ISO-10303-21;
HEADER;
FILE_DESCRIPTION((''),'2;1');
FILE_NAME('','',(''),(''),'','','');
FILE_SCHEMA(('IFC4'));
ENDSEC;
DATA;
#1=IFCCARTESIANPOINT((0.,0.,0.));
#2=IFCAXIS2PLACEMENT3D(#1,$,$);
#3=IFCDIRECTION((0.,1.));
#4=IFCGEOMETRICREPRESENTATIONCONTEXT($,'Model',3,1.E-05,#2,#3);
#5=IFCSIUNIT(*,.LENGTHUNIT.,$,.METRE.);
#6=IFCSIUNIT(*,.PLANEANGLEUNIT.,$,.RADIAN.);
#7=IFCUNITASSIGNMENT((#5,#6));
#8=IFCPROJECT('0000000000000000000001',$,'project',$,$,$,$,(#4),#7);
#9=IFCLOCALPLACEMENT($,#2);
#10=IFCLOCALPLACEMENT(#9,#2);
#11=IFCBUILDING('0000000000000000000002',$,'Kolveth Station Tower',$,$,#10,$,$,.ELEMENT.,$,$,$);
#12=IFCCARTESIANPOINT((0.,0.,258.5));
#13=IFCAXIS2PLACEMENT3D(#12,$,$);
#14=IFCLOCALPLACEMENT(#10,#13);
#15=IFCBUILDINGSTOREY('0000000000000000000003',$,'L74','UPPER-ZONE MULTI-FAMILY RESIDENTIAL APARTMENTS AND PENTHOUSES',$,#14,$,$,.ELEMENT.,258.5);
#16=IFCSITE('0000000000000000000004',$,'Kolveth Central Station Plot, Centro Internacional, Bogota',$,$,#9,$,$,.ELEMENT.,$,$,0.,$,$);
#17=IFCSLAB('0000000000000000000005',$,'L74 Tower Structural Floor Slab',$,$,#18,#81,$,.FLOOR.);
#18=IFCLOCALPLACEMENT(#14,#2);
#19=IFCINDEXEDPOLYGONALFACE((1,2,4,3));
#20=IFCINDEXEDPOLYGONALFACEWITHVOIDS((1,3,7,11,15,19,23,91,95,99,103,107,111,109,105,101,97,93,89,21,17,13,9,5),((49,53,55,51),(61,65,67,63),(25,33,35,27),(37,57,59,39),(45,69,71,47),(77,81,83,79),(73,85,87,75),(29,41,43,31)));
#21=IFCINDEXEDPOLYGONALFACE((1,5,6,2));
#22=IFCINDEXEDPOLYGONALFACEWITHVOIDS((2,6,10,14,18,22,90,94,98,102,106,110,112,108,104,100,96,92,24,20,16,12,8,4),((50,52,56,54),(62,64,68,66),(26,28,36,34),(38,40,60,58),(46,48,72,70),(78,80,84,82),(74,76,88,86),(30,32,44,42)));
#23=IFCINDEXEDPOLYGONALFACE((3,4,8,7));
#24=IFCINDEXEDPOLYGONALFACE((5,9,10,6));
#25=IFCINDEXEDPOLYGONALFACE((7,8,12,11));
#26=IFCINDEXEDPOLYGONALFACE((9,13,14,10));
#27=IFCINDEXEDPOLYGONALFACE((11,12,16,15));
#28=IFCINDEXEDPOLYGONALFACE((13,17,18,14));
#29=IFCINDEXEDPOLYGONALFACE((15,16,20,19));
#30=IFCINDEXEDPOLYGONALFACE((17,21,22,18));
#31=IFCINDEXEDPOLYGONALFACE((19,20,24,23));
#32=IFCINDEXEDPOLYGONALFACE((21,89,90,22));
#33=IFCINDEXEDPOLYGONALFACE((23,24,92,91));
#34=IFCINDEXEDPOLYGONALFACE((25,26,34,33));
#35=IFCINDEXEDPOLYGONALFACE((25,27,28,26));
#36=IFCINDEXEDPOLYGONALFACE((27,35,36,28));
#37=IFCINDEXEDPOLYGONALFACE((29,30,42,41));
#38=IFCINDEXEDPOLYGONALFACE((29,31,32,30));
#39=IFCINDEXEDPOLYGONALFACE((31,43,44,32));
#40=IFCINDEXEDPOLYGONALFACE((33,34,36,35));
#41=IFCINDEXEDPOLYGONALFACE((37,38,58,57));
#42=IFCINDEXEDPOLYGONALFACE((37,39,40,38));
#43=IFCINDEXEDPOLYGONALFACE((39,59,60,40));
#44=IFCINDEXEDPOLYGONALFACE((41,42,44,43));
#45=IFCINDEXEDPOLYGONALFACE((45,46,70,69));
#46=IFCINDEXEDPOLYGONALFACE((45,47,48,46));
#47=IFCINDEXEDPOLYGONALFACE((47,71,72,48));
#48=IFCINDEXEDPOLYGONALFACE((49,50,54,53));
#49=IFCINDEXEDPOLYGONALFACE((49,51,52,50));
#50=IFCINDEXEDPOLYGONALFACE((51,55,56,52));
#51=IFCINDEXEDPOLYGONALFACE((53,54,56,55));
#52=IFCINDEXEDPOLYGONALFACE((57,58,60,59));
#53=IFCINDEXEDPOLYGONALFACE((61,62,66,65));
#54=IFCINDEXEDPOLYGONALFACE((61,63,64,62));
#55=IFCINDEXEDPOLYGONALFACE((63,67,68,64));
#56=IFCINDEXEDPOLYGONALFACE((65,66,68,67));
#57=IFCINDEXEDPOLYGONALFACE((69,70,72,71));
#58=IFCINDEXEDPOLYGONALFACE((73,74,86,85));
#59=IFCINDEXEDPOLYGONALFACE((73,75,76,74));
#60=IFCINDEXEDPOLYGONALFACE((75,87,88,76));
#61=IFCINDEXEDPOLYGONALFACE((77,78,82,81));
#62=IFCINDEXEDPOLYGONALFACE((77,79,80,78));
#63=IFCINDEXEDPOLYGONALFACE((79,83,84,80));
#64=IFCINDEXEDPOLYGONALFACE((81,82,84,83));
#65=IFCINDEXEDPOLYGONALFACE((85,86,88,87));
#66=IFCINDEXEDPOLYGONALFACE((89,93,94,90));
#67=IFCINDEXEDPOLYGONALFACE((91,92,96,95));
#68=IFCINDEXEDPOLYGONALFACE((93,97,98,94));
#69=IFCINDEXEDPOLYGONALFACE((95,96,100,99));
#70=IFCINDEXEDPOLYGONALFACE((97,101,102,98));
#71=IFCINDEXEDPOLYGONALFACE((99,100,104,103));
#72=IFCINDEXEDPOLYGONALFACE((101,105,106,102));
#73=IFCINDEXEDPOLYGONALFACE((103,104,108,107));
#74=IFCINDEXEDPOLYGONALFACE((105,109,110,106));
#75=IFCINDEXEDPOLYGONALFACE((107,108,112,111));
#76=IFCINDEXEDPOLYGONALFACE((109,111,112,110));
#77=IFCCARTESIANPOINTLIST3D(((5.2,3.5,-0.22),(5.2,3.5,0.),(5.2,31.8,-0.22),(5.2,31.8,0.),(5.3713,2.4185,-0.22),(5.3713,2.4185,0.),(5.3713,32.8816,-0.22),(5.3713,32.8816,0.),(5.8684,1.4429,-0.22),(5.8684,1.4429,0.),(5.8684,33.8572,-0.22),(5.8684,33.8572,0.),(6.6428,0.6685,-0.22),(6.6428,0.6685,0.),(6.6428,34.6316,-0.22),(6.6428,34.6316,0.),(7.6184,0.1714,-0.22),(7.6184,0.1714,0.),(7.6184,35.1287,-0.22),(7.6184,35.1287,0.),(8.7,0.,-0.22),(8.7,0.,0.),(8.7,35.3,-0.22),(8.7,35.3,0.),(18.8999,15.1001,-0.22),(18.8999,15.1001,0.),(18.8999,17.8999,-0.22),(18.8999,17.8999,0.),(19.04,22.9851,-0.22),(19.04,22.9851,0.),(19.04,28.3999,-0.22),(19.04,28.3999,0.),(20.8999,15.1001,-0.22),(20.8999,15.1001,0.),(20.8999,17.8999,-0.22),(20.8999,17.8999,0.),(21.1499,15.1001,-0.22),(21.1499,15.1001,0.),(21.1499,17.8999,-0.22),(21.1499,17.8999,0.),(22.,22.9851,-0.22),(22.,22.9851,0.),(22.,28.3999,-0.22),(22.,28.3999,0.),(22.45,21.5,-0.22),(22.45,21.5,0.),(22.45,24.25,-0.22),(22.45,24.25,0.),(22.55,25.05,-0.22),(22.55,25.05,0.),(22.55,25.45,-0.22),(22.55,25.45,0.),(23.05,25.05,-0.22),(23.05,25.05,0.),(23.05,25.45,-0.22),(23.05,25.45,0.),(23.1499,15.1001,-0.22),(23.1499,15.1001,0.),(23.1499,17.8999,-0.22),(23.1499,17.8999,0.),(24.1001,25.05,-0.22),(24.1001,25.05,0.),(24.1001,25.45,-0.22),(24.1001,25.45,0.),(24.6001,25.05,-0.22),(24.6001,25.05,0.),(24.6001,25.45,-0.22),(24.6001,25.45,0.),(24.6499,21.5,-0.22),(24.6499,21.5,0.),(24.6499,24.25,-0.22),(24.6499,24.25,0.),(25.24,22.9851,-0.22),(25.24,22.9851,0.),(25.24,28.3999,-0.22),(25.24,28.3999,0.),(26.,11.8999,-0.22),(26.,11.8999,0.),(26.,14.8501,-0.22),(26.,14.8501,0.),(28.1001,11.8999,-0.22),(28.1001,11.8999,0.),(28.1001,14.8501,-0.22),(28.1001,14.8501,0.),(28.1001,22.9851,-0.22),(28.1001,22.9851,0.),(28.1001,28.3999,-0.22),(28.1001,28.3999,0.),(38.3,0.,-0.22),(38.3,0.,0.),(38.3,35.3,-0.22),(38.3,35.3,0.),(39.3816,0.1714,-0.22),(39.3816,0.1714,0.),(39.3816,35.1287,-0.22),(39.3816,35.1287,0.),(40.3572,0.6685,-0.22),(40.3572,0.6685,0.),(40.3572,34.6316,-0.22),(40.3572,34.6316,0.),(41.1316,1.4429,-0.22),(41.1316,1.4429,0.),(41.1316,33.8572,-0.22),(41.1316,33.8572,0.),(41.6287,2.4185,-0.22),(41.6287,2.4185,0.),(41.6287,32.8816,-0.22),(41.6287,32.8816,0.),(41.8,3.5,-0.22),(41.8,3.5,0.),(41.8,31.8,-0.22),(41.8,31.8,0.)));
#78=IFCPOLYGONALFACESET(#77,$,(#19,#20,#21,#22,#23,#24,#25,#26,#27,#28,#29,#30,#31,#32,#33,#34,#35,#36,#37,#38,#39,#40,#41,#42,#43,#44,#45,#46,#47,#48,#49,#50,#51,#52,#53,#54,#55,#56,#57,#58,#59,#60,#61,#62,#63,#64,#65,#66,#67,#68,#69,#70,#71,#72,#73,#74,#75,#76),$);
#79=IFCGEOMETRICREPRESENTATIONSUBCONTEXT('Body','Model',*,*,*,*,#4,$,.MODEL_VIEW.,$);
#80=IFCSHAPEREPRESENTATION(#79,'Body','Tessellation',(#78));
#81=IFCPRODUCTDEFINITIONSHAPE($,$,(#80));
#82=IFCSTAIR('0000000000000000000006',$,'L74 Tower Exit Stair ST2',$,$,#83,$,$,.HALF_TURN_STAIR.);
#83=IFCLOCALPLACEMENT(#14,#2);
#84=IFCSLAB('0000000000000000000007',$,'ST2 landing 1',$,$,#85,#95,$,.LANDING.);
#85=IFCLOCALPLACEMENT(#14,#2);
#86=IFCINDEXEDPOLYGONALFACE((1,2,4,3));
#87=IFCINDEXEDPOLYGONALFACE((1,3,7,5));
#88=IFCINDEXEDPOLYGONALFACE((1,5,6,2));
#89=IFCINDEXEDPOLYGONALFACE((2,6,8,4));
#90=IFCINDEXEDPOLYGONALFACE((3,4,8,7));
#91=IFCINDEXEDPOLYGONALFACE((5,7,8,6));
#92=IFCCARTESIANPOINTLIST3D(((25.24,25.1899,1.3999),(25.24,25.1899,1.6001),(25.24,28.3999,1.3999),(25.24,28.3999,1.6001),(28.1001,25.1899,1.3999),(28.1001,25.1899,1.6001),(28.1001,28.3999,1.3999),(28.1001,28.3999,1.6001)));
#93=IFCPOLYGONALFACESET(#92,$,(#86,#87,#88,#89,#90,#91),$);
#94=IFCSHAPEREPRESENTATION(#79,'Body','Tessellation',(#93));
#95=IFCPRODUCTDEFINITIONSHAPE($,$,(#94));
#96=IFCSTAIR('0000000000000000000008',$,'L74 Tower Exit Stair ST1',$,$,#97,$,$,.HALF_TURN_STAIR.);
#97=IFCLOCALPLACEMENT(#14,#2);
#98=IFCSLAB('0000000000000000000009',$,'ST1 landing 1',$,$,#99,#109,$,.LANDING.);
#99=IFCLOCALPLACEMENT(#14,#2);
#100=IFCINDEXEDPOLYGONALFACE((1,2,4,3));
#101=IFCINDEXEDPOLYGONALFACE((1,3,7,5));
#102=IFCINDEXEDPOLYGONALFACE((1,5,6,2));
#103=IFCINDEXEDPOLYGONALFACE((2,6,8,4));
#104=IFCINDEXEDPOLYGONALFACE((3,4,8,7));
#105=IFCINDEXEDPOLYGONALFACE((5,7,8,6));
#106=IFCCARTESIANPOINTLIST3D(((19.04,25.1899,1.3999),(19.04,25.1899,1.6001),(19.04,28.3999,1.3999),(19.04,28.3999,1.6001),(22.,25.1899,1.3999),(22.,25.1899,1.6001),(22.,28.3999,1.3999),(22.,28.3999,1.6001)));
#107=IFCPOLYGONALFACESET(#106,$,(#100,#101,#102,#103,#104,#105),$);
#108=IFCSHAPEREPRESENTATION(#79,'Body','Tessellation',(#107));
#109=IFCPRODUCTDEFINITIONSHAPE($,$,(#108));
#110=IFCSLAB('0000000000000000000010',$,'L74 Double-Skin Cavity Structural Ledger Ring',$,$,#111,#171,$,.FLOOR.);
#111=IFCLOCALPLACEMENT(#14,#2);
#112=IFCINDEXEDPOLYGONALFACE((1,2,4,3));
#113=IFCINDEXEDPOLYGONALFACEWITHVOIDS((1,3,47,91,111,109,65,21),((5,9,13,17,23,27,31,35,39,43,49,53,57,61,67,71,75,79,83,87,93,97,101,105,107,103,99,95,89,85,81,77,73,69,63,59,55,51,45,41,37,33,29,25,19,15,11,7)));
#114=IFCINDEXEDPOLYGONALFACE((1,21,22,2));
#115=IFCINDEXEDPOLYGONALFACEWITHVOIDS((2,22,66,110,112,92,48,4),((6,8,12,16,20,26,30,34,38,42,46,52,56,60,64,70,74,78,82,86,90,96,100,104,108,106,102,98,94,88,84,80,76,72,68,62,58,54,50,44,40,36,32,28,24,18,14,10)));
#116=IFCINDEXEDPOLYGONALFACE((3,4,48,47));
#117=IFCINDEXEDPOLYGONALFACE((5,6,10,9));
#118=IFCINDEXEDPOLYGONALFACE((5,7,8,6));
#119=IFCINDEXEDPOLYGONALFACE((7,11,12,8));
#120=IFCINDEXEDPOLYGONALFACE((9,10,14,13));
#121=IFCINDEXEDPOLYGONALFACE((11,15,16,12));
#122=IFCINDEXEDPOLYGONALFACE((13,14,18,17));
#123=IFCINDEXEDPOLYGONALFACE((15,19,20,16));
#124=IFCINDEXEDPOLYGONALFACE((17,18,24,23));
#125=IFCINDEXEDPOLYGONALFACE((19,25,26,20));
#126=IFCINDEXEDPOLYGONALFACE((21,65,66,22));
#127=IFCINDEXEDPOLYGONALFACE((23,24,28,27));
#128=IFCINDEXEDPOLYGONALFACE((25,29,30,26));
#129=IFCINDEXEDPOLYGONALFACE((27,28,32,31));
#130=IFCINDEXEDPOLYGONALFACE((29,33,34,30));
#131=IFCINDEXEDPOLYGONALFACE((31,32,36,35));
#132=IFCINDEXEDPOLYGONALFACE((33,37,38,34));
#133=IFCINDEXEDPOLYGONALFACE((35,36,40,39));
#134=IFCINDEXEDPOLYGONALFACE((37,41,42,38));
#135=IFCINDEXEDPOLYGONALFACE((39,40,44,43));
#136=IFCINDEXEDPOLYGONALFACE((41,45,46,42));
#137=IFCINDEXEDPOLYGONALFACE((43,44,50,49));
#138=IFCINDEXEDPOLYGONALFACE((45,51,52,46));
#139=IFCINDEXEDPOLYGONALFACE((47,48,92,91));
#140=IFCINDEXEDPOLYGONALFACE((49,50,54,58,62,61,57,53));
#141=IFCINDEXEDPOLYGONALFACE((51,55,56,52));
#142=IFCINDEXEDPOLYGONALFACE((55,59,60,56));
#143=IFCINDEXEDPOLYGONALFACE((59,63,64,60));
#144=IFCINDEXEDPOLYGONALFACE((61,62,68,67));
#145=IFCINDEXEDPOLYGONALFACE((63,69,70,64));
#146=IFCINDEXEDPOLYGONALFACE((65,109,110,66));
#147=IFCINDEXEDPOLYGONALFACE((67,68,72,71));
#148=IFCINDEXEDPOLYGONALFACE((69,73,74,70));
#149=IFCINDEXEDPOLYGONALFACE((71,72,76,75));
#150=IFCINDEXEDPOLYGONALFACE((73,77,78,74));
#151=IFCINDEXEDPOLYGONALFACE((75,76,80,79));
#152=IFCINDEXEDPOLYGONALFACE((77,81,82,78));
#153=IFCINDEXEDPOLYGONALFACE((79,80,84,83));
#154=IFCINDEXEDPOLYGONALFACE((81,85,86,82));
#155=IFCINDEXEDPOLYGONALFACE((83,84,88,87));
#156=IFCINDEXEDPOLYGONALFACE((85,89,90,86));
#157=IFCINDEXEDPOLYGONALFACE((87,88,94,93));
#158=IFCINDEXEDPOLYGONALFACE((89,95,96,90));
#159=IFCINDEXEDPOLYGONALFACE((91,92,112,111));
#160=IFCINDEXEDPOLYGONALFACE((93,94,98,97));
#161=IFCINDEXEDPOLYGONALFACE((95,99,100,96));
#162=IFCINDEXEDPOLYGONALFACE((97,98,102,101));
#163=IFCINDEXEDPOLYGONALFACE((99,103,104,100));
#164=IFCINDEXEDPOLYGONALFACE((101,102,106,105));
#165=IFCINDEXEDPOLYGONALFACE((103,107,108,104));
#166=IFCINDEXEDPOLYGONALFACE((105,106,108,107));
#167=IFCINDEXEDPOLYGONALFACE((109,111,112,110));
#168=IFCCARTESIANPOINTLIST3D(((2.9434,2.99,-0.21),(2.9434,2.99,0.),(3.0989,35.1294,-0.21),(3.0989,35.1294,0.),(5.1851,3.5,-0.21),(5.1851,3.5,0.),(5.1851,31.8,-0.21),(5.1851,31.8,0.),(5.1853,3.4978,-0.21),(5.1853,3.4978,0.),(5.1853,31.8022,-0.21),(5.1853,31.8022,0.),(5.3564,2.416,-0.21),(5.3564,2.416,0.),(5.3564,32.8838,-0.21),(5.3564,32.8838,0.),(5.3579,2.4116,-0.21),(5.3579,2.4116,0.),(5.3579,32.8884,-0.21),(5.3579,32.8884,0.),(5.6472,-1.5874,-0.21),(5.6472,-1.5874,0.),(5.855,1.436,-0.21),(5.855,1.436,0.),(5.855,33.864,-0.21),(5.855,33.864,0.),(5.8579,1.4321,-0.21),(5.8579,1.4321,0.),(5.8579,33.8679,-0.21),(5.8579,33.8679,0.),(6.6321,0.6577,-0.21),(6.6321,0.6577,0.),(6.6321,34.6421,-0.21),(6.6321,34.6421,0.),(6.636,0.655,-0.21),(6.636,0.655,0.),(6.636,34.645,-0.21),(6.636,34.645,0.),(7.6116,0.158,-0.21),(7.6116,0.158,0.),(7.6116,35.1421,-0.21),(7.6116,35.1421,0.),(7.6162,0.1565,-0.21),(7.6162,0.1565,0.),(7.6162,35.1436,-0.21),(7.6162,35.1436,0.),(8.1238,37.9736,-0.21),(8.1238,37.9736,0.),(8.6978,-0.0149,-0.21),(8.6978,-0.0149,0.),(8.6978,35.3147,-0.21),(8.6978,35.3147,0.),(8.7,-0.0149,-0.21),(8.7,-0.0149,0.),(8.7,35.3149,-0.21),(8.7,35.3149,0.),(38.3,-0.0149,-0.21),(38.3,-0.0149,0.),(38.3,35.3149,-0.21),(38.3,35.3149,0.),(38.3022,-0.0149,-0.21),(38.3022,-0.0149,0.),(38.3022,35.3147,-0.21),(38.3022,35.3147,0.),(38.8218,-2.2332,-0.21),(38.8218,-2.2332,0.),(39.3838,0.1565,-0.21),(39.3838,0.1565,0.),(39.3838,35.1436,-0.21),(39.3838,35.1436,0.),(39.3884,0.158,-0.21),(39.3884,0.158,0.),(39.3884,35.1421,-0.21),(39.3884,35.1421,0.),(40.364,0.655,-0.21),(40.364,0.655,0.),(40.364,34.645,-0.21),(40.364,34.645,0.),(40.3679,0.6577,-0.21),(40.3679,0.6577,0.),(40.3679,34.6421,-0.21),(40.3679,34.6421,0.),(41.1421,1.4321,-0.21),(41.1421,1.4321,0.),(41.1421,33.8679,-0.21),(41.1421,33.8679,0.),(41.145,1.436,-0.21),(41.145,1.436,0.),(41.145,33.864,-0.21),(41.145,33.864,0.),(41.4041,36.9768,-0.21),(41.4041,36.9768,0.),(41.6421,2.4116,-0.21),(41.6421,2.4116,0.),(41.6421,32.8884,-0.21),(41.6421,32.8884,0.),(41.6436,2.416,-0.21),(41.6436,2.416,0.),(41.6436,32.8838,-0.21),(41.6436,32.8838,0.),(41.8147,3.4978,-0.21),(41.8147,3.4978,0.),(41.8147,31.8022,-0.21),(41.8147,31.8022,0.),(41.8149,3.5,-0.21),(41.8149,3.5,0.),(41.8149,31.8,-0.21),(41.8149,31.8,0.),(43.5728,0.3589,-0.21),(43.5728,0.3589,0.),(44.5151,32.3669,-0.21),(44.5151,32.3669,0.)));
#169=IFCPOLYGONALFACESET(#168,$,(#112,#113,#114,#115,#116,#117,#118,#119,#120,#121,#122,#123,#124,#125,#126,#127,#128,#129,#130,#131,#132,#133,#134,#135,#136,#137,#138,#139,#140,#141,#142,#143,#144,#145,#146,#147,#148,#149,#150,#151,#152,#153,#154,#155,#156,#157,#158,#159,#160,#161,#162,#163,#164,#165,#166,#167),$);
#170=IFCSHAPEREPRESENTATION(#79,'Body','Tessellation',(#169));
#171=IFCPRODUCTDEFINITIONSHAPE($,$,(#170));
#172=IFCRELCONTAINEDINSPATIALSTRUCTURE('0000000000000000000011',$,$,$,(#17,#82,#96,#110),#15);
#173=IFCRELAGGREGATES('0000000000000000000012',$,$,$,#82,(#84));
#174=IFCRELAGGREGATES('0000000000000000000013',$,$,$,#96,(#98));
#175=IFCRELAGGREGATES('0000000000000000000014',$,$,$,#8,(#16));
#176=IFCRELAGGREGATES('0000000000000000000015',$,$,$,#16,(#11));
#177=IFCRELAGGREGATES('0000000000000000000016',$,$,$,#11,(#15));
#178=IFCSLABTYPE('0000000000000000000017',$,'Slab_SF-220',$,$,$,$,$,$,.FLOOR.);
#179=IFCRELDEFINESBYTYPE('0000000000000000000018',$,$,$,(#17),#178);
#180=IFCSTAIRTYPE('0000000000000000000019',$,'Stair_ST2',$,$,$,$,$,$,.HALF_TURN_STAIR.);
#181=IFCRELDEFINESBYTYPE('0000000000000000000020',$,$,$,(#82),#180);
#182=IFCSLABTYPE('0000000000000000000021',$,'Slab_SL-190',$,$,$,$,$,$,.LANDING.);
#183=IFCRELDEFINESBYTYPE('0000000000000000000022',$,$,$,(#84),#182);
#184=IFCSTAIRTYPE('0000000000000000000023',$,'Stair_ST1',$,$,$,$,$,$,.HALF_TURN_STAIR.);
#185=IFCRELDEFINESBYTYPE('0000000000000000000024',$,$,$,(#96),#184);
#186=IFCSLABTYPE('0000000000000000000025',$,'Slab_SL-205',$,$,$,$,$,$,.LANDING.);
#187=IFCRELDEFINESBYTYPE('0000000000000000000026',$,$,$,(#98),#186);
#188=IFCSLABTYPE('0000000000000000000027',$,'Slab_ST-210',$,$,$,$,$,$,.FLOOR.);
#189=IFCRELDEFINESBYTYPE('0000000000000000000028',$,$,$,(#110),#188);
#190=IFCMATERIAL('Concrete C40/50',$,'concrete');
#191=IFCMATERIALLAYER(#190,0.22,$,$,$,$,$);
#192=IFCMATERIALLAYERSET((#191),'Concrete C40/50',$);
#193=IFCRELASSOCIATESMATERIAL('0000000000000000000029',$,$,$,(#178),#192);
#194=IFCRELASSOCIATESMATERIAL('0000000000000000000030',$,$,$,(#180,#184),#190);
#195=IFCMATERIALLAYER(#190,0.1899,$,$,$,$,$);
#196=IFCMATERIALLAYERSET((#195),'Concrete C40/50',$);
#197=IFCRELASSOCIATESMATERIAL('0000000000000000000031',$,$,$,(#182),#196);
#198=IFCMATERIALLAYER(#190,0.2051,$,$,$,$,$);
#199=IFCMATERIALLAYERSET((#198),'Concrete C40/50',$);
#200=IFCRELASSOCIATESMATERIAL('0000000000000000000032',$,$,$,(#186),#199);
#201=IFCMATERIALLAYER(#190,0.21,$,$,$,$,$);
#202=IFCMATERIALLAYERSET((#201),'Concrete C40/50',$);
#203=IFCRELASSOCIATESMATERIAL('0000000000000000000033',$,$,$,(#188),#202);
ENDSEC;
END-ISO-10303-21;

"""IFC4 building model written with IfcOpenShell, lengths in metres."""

from ifc_helpers import new_model, si_unit, direction, frame, origin, place, context, subcontext, project, spatial, polyline, outline, extrude, material, layer, layer_set, type_object, element, aggregate, save


model = new_model("IFC4")

# Units and contexts
model_context = context("Model", 3, precision=1e-05, world=origin(), true_north=direction((0.0, 1.0)))
body_context = subcontext(model_context, "Body", "Model", "MODEL_VIEW")
ifc_project = project(units=[si_unit("LENGTHUNIT", "METRE"), si_unit("PLANEANGLEUNIT", "RADIAN")], contexts=[model_context])

# Site, building, storey
site_placement = place(None, origin())
site = spatial("IfcSite", under=ifc_project, at=site_placement, Name="Kolveth Central Station Plot, Centro Internacional, Bogota", CompositionType="ELEMENT", RefElevation=0.0)
building_placement = place(site_placement, origin())
building = spatial("IfcBuilding", under=site, at=building_placement, Name="Kolveth Station Tower", CompositionType="ELEMENT")
storey_placement = place(building_placement, frame((0.0, 0.0, 258.5)))
storey = spatial("IfcBuildingStorey", under=building, at=storey_placement, Name="L74", Description="UPPER-ZONE MULTI-FAMILY RESIDENTIAL APARTMENTS AND PENTHOUSES", CompositionType="ELEMENT", Elevation=258.5)

# Slab
ifc_material_1 = material(Name="Concrete C40/50", Category="concrete")
ifc_layer_1 = layer(ifc_material_1, 0.22)
ifc_layer_set_1 = layer_set([ifc_layer_1], Name="Concrete C40/50")
slab_type_1 = type_object("IfcSlabType", Name="Slab_SF-220", PredefinedType="FLOOR", material=ifc_layer_set_1)
slab_1_placement = place(storey_placement, frame((0.0, 0.0, -0.22)))
element("IfcSlab", 1, at=slab_1_placement, inside=storey, type_object=slab_type_1, Name="L74 Tower Structural Floor Slab", PredefinedType="FLOOR", context=body_context, shape_type="SweptSolid", body=[
    extrude(outline(polyline([(38.3, 0.0), (39.3816, 0.1714), (40.3572, 0.6685), (41.1316, 1.4429), (41.6287, 2.4185), (41.8, 3.5), (41.8, 31.8), (41.6287, 32.8816), (41.1316, 33.8572), (40.3572, 34.6316), (39.3816, 35.1287), (38.3, 35.3), (8.7, 35.3), (7.6184, 35.1287), (6.6428, 34.6316), (5.8684, 33.8572), (5.3713, 32.8816), (5.2, 31.8), (5.2, 3.5), (5.3713, 2.4185), (5.8684, 1.4429), (6.6428, 0.6685), (7.6184, 0.1714), (8.7, 0.0), (38.3, 0.0)]), holes=[polyline([(19.04, 22.9851), (22.0, 22.9851), (22.0, 28.3999), (19.04, 28.3999), (19.04, 22.9851)]), polyline([(25.24, 22.9851), (28.1001, 22.9851), (28.1001, 28.3999), (25.24, 28.3999), (25.24, 22.9851)]), polyline([(18.8999, 15.1001), (20.8999, 15.1001), (20.8999, 17.8999), (18.8999, 17.8999), (18.8999, 15.1001)]), polyline([(21.1499, 15.1001), (23.1499, 15.1001), (23.1499, 17.8999), (21.1499, 17.8999), (21.1499, 15.1001)]), polyline([(22.45, 21.5), (24.6499, 21.5), (24.6499, 24.25), (22.45, 24.25), (22.45, 21.5)]), polyline([(26.0, 11.8999), (28.1001, 11.8999), (28.1001, 14.8501), (26.0, 14.8501), (26.0, 11.8999)]), polyline([(22.55, 25.05), (23.05, 25.05), (23.05, 25.45), (22.55, 25.45), (22.55, 25.05)]), polyline([(24.1001, 25.05), (24.6001, 25.05), (24.6001, 25.45), (24.1001, 25.45), (24.1001, 25.05)])]), origin(), (0.0, 0.0, 1.0), 0.22),
])

# Stairs, slabs
stair_type_1 = type_object("IfcStairType", Name="Stair_ST2", PredefinedType="HALF_TURN_STAIR", material=ifc_material_1)
stair_1_placement = place(storey_placement, origin())
stair_1 = element("IfcStair", 2, at=stair_1_placement, inside=storey, type_object=stair_type_1, Name="L74 Tower Exit Stair ST2", PredefinedType="HALF_TURN_STAIR")
ifc_layer_2 = layer(ifc_material_1, 0.1899)
ifc_layer_set_2 = layer_set([ifc_layer_2], Name="Concrete C40/50")
slab_type_2 = type_object("IfcSlabType", Name="Slab_SL-190", PredefinedType="LANDING", material=ifc_layer_set_2)
slab_2_placement = place(storey_placement, frame((0.0, 0.0, 1.3999)))
slab_2 = element("IfcSlab", 3, at=slab_2_placement, type_object=slab_type_2, Name="ST2 landing 1", PredefinedType="LANDING", context=body_context, shape_type="SweptSolid", body=[
    extrude(outline(polyline([(28.1001, 25.1899), (28.1001, 28.3999), (25.24, 28.3999), (25.24, 25.1899), (28.1001, 25.1899)])), origin(), (0.0, 0.0, 1.0), 0.2002),
])
aggregate(stair_1, [slab_2])
stair_type_2 = type_object("IfcStairType", Name="Stair_ST1", PredefinedType="HALF_TURN_STAIR", material=ifc_material_1)
stair_2_placement = place(storey_placement, origin())
stair_2 = element("IfcStair", 4, at=stair_2_placement, inside=storey, type_object=stair_type_2, Name="L74 Tower Exit Stair ST1", PredefinedType="HALF_TURN_STAIR")
ifc_layer_3 = layer(ifc_material_1, 0.2051)
ifc_layer_set_3 = layer_set([ifc_layer_3], Name="Concrete C40/50")
slab_type_3 = type_object("IfcSlabType", Name="Slab_SL-205", PredefinedType="LANDING", material=ifc_layer_set_3)
slab_3_placement = place(storey_placement, frame((0.0, 0.0, 1.3999)))
slab_3 = element("IfcSlab", 5, at=slab_3_placement, type_object=slab_type_3, Name="ST1 landing 1", PredefinedType="LANDING", context=body_context, shape_type="SweptSolid", body=[
    extrude(outline(polyline([(22.0, 25.1899), (22.0, 28.3999), (19.04, 28.3999), (19.04, 25.1899), (22.0, 25.1899)])), origin(), (0.0, 0.0, 1.0), 0.2002),
])
aggregate(stair_2, [slab_3])

# Slab
ifc_layer_4 = layer(ifc_material_1, 0.21)
ifc_layer_set_4 = layer_set([ifc_layer_4], Name="Concrete C40/50")
slab_type_4 = type_object("IfcSlabType", Name="Slab_ST-210", PredefinedType="FLOOR", material=ifc_layer_set_4)
slab_4_placement = place(storey_placement, frame((0.0, 0.0, -0.21)))
element("IfcSlab", 6, at=slab_4_placement, inside=storey, type_object=slab_type_4, Name="L74 Double-Skin Cavity Structural Ledger Ring", PredefinedType="FLOOR", context=body_context, shape_type="SweptSolid", body=[
    extrude(outline(polyline([(5.6472, -1.5874), (2.9434, 2.99), (3.0989, 35.1294), (8.1238, 37.9736), (41.4041, 36.9768), (44.5151, 32.3669), (43.5728, 0.3589), (38.8218, -2.2332), (5.6472, -1.5874)]), holes=[polyline([(38.3022, -0.0149), (39.3838, 0.1565), (39.3884, 0.158), (40.364, 0.655), (40.3679, 0.6577), (41.1421, 1.4321), (41.145, 1.436), (41.6421, 2.4116), (41.6436, 2.416), (41.8147, 3.4978), (41.8149, 3.5), (41.8149, 31.8), (41.8147, 31.8022), (41.6436, 32.8838), (41.6421, 32.8884), (41.145, 33.864), (41.1421, 33.8679), (40.3679, 34.6421), (40.364, 34.645), (39.3884, 35.1421), (39.3838, 35.1436), (38.3022, 35.3147), (38.3, 35.3149), (8.7, 35.3149), (8.6978, 35.3147), (7.6162, 35.1436), (7.6116, 35.1421), (6.636, 34.645), (6.6321, 34.6421), (5.8579, 33.8679), (5.855, 33.864), (5.3579, 32.8884), (5.3564, 32.8838), (5.1853, 31.8022), (5.1851, 31.8), (5.1851, 3.5), (5.1853, 3.4978), (5.3564, 2.416), (5.3579, 2.4116), (5.855, 1.436), (5.8579, 1.4321), (6.6321, 0.6577), (6.636, 0.655), (7.6116, 0.158), (7.6162, 0.1565), (8.6978, -0.0149), (8.7, -0.0149), (38.3, -0.0149), (38.3022, -0.0149)])]), origin(), (0.0, 0.0, 1.0), 0.21),
])

save(model, "model.ifc")
